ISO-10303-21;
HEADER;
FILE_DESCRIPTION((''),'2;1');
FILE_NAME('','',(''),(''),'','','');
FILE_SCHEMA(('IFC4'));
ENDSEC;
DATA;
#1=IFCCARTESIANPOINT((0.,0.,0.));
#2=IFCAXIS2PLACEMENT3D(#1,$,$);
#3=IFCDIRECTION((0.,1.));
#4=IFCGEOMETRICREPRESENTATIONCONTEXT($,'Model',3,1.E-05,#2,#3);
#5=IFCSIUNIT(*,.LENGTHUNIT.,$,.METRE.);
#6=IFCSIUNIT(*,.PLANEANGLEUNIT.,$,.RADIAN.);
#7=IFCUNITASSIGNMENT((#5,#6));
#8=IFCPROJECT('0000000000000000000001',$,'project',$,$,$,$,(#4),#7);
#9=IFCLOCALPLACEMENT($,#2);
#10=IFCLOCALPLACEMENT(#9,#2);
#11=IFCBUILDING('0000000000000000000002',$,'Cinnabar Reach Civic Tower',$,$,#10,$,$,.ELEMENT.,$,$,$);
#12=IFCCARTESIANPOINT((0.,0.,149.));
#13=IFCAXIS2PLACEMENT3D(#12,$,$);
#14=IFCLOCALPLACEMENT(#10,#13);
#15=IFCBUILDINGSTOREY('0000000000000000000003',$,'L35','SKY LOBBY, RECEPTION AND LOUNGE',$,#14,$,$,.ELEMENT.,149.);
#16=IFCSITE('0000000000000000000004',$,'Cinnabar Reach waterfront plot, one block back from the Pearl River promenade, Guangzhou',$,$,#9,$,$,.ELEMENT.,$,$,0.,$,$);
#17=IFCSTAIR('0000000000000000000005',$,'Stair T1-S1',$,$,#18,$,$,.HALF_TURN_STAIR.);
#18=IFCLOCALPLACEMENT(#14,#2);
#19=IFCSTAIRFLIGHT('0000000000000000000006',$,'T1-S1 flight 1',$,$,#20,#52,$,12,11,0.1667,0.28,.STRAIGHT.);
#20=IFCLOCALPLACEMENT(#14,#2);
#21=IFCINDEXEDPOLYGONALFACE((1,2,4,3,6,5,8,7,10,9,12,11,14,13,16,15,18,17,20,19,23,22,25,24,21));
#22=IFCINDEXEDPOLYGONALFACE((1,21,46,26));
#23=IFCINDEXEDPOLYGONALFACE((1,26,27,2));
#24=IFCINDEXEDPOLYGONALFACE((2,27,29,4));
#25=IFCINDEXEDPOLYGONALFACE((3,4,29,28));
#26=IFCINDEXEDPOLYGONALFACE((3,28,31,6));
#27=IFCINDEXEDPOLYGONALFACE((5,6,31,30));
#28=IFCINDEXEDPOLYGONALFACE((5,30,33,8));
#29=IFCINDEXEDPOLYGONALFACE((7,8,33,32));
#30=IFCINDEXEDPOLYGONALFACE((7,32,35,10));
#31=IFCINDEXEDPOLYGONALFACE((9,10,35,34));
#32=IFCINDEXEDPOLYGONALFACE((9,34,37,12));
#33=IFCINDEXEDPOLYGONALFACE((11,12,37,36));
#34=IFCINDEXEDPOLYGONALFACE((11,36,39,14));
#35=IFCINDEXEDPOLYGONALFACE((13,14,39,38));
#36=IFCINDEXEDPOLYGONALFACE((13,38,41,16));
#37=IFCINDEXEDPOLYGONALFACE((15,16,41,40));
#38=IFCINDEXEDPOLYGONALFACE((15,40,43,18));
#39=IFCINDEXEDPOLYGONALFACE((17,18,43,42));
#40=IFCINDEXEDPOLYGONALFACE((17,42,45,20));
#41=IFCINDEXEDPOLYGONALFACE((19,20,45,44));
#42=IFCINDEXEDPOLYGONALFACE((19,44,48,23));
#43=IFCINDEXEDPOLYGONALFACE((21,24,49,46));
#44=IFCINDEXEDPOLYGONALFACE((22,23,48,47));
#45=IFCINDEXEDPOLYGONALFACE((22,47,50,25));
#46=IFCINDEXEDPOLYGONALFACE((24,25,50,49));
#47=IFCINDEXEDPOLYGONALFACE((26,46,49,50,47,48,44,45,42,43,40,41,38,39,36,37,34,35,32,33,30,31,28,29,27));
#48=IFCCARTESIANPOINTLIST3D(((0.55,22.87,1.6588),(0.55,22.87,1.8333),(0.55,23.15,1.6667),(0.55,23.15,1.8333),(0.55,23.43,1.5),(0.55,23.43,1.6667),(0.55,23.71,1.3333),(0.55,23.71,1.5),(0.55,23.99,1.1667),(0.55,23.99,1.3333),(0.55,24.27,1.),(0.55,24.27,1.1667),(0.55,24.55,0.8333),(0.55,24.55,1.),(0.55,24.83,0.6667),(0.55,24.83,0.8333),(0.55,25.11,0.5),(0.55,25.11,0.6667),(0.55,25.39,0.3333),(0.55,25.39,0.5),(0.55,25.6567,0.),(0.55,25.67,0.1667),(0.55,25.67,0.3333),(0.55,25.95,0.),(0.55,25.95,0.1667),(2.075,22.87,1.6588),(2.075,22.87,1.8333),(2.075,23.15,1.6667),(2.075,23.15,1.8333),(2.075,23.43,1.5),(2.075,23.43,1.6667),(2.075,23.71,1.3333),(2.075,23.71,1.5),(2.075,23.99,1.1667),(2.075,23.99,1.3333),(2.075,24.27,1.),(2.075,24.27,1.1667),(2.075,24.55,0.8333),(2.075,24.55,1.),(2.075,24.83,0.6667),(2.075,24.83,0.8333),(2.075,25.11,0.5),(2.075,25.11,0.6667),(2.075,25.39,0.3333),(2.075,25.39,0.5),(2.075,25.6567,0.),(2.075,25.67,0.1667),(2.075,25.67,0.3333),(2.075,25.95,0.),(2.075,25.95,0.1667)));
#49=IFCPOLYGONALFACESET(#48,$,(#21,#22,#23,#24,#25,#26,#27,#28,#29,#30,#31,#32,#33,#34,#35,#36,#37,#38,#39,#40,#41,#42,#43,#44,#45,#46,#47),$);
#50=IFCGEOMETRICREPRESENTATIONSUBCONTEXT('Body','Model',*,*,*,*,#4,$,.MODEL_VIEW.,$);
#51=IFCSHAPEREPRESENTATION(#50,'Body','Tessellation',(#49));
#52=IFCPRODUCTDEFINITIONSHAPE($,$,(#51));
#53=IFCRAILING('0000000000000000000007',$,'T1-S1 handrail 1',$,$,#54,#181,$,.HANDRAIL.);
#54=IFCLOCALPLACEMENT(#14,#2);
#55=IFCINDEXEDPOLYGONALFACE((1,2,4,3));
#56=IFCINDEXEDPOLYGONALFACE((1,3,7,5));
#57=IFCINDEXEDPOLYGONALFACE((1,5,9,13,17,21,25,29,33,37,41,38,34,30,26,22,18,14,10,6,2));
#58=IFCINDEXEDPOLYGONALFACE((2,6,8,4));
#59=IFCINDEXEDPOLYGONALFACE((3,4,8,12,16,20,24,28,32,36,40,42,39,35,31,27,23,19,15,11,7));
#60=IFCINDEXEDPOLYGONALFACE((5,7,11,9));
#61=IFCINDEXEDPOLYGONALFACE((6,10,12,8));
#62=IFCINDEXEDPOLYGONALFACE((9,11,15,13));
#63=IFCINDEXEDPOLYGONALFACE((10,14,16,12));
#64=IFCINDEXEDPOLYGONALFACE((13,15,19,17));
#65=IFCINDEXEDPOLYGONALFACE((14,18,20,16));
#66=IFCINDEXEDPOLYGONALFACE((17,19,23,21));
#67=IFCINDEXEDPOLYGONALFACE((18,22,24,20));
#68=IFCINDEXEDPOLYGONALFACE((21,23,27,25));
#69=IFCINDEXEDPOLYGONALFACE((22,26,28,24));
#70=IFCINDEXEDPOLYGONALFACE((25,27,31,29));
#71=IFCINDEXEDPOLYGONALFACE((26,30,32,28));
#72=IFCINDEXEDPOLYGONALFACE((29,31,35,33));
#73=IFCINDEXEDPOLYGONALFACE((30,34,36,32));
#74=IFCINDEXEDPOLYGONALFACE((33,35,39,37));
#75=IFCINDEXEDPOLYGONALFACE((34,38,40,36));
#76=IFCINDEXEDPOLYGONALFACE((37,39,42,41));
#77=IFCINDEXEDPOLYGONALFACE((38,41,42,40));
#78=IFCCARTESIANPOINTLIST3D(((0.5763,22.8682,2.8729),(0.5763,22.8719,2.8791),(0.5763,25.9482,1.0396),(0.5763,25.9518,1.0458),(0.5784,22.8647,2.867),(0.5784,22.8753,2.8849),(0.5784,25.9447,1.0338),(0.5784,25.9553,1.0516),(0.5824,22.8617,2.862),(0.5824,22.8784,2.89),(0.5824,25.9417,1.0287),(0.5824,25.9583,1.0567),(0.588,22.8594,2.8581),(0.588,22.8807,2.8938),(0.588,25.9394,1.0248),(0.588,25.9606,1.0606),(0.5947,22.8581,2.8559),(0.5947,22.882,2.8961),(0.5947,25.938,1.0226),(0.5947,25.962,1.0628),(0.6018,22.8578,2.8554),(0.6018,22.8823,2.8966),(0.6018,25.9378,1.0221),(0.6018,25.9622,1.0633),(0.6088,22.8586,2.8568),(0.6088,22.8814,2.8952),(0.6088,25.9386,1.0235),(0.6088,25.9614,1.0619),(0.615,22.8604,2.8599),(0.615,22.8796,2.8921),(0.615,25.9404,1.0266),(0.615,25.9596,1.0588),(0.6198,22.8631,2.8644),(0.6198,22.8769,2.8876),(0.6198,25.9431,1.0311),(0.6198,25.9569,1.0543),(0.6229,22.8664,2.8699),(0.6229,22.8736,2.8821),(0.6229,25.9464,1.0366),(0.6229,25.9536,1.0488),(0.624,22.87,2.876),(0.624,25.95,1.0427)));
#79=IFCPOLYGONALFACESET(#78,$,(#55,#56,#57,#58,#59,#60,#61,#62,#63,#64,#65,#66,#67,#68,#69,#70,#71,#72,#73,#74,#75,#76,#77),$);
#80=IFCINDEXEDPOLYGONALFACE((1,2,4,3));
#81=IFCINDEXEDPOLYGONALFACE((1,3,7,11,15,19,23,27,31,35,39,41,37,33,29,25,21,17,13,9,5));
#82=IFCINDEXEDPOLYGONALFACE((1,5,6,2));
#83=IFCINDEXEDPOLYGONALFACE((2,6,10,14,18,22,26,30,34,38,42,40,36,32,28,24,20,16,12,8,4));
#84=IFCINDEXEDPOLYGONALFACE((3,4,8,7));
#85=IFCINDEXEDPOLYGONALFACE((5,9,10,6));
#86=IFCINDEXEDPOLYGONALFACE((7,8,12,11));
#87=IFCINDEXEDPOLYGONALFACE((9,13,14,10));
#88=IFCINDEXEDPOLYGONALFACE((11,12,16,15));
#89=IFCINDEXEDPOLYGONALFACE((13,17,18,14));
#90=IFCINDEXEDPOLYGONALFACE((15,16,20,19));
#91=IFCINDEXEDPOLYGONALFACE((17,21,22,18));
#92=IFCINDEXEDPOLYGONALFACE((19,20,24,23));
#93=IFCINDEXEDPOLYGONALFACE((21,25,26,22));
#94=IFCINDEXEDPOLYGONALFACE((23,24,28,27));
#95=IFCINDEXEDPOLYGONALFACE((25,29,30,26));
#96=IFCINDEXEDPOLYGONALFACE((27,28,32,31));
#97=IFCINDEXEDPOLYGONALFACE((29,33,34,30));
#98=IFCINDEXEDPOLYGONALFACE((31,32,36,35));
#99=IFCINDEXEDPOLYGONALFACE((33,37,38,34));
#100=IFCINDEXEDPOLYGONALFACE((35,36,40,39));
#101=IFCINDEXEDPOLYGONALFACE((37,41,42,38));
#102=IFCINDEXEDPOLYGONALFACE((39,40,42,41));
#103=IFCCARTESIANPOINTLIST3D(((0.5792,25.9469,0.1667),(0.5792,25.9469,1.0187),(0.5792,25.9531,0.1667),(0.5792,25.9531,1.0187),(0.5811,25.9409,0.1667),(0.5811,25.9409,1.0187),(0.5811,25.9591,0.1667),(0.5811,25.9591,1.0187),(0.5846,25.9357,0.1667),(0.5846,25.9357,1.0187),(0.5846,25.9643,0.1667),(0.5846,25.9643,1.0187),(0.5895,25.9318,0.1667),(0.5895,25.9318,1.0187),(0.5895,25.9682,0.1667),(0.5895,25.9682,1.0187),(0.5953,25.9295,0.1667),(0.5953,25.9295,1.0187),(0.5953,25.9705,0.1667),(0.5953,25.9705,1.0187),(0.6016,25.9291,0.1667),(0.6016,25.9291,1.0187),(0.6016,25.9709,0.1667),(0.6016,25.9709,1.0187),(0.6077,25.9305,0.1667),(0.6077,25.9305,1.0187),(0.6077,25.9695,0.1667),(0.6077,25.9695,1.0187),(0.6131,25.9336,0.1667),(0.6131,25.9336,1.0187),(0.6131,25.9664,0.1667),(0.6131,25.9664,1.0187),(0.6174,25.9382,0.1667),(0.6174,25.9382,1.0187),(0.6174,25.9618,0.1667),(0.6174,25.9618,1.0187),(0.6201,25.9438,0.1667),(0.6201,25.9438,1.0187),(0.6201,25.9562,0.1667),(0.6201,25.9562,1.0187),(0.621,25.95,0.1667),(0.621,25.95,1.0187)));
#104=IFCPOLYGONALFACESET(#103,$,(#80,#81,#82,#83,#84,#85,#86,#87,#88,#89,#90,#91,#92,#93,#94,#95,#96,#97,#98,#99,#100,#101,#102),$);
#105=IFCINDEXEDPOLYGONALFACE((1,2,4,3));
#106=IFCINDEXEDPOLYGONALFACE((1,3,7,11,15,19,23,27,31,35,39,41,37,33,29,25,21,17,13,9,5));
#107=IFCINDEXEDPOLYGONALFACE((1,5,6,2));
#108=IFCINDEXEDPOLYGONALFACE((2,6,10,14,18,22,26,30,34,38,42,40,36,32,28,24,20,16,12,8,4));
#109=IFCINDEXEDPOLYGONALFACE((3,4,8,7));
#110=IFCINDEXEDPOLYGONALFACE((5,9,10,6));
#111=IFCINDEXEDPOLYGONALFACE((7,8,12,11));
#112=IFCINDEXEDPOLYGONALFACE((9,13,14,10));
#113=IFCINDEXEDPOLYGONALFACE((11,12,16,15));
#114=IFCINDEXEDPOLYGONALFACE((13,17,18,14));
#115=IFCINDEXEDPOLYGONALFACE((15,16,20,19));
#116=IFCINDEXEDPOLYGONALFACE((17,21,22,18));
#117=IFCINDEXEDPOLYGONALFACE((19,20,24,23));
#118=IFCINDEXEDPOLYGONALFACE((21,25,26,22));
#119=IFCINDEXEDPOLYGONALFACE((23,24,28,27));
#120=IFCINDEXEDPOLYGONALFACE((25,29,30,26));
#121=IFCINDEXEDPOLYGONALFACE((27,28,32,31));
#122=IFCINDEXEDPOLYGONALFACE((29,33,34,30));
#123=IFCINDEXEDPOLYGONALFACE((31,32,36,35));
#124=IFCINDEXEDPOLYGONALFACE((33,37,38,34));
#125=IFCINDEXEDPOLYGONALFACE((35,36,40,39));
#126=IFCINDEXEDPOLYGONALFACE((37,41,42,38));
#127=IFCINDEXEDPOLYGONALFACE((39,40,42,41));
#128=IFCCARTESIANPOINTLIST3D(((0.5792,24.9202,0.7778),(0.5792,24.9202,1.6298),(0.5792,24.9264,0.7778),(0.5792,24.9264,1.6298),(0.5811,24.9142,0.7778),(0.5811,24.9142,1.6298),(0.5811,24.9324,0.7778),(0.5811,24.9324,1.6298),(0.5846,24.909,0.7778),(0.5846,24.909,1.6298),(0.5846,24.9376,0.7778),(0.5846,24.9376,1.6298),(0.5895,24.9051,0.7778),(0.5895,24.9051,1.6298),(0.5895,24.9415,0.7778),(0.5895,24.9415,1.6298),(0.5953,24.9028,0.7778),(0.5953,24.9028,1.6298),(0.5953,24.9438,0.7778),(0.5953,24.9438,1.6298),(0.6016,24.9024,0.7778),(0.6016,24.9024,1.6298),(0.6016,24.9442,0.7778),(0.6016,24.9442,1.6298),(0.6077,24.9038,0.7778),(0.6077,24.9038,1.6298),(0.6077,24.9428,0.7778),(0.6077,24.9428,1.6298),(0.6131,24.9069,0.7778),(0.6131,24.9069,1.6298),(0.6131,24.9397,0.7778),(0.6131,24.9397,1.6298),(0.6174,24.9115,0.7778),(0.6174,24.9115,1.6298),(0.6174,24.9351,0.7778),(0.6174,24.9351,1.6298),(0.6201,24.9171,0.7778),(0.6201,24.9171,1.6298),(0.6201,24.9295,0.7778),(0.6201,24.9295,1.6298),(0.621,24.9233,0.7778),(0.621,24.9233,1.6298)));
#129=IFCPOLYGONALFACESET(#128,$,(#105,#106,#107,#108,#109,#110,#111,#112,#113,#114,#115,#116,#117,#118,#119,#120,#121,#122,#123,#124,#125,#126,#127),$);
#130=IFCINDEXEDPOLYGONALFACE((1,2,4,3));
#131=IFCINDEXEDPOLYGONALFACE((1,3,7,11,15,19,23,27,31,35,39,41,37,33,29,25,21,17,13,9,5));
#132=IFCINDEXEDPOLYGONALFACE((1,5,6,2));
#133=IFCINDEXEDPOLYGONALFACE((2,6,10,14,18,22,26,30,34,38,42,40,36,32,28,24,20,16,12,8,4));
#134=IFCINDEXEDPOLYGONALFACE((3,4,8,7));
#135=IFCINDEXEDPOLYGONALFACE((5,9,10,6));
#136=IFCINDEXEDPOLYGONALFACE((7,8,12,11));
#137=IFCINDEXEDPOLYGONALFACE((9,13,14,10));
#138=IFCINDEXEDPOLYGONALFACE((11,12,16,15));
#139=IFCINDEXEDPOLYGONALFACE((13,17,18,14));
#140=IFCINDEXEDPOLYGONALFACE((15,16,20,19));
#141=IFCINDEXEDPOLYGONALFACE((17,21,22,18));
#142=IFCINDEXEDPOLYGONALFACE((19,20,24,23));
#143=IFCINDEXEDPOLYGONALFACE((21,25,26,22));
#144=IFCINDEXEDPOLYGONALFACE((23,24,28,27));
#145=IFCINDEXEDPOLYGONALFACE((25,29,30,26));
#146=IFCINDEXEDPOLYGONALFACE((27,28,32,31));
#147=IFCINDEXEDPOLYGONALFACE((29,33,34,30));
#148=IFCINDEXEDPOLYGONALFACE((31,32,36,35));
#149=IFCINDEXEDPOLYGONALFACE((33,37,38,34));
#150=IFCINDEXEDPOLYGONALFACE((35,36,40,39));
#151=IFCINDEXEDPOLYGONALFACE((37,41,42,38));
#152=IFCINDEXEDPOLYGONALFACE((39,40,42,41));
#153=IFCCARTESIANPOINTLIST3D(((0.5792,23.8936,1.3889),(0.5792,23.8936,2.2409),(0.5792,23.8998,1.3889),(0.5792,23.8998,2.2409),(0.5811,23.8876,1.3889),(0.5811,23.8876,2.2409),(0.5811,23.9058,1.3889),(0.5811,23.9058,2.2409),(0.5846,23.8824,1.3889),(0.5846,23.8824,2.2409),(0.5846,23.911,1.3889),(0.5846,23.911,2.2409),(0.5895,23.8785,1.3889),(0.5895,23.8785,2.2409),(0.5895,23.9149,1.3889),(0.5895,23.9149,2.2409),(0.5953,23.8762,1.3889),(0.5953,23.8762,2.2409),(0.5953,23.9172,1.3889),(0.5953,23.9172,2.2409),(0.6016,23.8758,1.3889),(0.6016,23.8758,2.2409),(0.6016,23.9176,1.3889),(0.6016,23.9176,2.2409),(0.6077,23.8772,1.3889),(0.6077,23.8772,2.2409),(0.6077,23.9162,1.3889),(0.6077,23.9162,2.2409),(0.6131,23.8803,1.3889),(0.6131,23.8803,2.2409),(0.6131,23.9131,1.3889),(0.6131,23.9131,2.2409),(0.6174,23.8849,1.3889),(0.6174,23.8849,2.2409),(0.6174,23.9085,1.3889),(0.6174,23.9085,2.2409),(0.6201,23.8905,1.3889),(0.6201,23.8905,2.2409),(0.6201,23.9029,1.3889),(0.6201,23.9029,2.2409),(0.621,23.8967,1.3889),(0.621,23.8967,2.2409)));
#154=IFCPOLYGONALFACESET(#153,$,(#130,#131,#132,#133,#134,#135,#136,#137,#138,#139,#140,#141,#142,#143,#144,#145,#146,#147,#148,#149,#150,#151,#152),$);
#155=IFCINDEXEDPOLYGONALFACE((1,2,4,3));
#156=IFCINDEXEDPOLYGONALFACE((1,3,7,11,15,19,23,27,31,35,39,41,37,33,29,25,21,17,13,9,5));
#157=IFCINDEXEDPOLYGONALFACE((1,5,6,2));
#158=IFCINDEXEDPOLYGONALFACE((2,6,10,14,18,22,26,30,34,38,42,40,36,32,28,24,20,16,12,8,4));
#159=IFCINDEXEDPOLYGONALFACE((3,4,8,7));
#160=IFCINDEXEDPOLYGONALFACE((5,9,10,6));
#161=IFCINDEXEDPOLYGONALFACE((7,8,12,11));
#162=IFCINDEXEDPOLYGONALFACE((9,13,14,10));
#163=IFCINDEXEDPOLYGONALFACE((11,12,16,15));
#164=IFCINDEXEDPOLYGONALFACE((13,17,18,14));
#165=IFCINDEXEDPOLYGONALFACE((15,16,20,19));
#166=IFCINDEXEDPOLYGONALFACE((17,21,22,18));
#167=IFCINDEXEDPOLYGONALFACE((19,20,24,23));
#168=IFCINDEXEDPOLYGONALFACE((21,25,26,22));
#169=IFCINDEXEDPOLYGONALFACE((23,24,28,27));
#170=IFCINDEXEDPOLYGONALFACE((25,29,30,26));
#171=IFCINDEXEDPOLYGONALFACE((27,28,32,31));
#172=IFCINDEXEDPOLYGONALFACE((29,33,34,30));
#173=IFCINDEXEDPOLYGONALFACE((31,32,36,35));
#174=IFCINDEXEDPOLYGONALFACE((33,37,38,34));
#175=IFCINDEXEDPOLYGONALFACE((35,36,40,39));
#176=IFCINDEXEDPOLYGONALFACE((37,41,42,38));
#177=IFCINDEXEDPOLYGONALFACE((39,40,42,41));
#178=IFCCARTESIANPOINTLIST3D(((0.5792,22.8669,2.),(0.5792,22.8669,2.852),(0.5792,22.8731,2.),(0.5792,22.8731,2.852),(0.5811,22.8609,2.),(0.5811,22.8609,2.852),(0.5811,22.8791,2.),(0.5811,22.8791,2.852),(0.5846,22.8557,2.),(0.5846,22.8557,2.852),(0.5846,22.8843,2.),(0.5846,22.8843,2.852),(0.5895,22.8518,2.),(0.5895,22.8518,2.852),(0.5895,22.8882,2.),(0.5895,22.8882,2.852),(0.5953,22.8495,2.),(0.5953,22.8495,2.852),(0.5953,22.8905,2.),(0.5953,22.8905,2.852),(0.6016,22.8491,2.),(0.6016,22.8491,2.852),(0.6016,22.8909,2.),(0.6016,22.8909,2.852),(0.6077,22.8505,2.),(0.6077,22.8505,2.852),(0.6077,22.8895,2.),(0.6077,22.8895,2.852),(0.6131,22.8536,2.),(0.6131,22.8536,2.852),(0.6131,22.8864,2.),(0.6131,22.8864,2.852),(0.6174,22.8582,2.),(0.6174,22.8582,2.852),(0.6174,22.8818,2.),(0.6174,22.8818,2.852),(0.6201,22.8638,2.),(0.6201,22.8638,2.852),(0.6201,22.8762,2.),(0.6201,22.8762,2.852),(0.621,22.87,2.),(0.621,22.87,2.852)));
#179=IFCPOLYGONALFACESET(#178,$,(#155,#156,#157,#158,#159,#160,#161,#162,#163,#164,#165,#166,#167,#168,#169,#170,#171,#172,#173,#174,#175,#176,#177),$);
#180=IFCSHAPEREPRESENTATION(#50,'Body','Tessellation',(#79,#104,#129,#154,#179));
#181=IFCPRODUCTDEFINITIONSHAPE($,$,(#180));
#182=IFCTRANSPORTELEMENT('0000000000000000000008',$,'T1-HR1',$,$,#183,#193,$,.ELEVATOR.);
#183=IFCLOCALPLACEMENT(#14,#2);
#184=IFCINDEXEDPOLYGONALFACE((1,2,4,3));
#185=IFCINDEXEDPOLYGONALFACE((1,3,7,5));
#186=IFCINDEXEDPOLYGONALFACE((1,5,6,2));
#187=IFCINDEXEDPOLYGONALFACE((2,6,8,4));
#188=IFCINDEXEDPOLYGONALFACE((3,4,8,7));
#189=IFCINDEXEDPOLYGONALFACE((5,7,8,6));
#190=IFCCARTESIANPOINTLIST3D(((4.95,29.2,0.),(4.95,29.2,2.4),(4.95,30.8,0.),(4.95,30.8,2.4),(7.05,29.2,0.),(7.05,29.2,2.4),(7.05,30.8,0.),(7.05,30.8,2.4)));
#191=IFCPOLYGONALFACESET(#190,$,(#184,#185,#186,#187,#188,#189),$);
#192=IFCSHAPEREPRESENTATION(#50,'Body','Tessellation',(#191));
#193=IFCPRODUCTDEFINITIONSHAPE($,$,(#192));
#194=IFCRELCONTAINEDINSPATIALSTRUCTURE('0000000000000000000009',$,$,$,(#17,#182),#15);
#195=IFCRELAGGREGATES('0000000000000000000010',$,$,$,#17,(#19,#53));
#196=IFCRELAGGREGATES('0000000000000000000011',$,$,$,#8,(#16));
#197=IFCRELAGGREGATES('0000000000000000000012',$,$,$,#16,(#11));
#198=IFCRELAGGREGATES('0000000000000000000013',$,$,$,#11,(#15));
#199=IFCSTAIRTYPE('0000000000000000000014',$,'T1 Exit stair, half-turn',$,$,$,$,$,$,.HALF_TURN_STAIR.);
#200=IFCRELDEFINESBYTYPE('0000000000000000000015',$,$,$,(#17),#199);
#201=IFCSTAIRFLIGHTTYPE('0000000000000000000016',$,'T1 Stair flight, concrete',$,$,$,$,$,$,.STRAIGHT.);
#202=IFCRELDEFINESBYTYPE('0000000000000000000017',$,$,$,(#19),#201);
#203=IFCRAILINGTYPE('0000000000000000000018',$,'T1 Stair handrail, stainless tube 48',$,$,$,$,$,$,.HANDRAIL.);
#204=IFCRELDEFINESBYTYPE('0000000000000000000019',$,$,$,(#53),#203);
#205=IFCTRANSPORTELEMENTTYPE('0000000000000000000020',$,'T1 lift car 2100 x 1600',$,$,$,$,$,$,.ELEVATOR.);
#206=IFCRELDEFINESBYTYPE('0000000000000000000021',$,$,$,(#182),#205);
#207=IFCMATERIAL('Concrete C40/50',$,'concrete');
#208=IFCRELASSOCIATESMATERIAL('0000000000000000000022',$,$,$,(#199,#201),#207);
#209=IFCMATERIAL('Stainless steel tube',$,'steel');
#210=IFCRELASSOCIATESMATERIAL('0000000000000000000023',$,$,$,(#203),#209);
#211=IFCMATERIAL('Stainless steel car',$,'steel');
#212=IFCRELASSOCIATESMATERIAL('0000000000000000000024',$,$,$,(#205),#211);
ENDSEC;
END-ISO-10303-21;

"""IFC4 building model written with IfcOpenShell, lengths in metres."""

from ifc_helpers import new_model, si_unit, direction, frame, origin, origin_2d, place, context, subcontext, project, spatial, polyline, rectangle, circle, outline, extrude, material, type_object, element, aggregate, save


model = new_model("IFC4")

# Units and contexts
model_context = context("Model", 3, precision=1e-05, world=origin(), true_north=direction((0.0, 1.0)))
body_context = subcontext(model_context, "Body", "Model", "MODEL_VIEW")
ifc_project = project(units=[si_unit("LENGTHUNIT", "METRE"), si_unit("PLANEANGLEUNIT", "RADIAN")], contexts=[model_context])

# Site, building, storey
site_placement = place(None, origin())
site = spatial("IfcSite", under=ifc_project, at=site_placement, Name="Cinnabar Reach waterfront plot, one block back from the Pearl River promenade, Guangzhou", CompositionType="ELEMENT", RefElevation=0.0)
building_placement = place(site_placement, origin())
building = spatial("IfcBuilding", under=site, at=building_placement, Name="Cinnabar Reach Civic Tower", CompositionType="ELEMENT")
storey_placement = place(building_placement, frame((0.0, 0.0, 149.0)))
storey = spatial("IfcBuildingStorey", under=building, at=storey_placement, Name="L35", Description="SKY LOBBY, RECEPTION AND LOUNGE", CompositionType="ELEMENT", Elevation=149.0)

# Stair, stair flight, railing
ifc_material_1 = material(Name="Concrete C40/50", Category="concrete")
stair_type = type_object("IfcStairType", Name="T1 Exit stair, half-turn", PredefinedType="HALF_TURN_STAIR", material=ifc_material_1)
stair_placement = place(storey_placement, origin())
stair = element("IfcStair", 1, at=stair_placement, inside=storey, type_object=stair_type, Name="Stair T1-S1", PredefinedType="HALF_TURN_STAIR")
stair_flight_type = type_object("IfcStairFlightType", Name="T1 Stair flight, concrete", PredefinedType="STRAIGHT", material=ifc_material_1)
stair_flight_placement = place(storey_placement, frame((1.3125, 25.95, 0.0), z_axis=(0.0, 0.0, 1.0), x_axis=(0.0, -1.0, 0.0)))
stair_flight = element("IfcStairFlight", 2, at=stair_flight_placement, type_object=stair_flight_type, Name="T1-S1 flight 1", NumberOfRisers=12, NumberOfTreads=11, PredefinedType="STRAIGHT", RiserHeight=0.1667, TreadLength=0.28, context=body_context, shape_type="SweptSolid", body=[
    extrude(outline(polyline([(0.0, 0.0), (0.0, 0.1667), (0.28, 0.1667), (0.28, 0.3333), (0.56, 0.3333), (0.56, 0.5), (0.84, 0.5), (0.84, 0.6667), (1.12, 0.6667), (1.12, 0.8333), (1.4, 0.8333), (1.4, 1.0), (1.68, 1.0), (1.68, 1.1667), (1.96, 1.1667), (1.96, 1.3333), (2.24, 1.3333), (2.24, 1.5), (2.52, 1.5), (2.52, 1.6667), (2.8, 1.6667), (2.8, 1.8333), (3.08, 1.8333), (3.08, 2.0), (3.08, 1.6588), (0.2933, 0.0), (0.0, 0.0)])), frame((0.0, 0.7625, 0.0), z_axis=(0.0, -1.0, 0.0), x_axis=(1.0, 0.0, 0.0)), (0.0, 0.0, 1.0), 1.525),
])
ifc_material_2 = material(Name="Stainless steel tube", Category="steel")
railing_type = type_object("IfcRailingType", Name="T1 Stair handrail, stainless tube 48", PredefinedType="HANDRAIL", material=ifc_material_2)
railing_placement = place(storey_placement, frame((0.6, 25.95, 0.1667)))
railing = element("IfcRailing", 3, at=railing_placement, type_object=railing_type, Name="T1-S1 handrail 1", PredefinedType="HANDRAIL", context=body_context, shape_type="SweptSolid", body=[
    extrude(circle(Radius=0.024, at=origin_2d()), frame((0.0, 0.0, 0.876), z_axis=(0.0, -0.859297, 0.511477), x_axis=(1.0, 0.0, 0.0)), (0.0, 0.0, 1.0), 3.5843),
    extrude(circle(Radius=0.021, at=origin_2d()), origin(), (0.0, 0.0, 1.0), 0.852),
    extrude(circle(Radius=0.021, at=origin_2d()), frame((0.0, -1.0267, 0.6111)), (0.0, 0.0, 1.0), 0.852),
    extrude(circle(Radius=0.021, at=origin_2d()), frame((0.0, -2.0533, 1.2222)), (0.0, 0.0, 1.0), 0.852),
    extrude(circle(Radius=0.021, at=origin_2d()), frame((0.0, -3.08, 1.8333)), (0.0, 0.0, 1.0), 0.852),
])
aggregate(stair, [stair_flight, railing])

# Transport element
ifc_material_3 = material(Name="Stainless steel car", Category="steel")
transport_element_type = type_object("IfcTransportElementType", Name="T1 lift car 2100 x 1600", PredefinedType="ELEVATOR", material=ifc_material_3)
transport_element_placement = place(storey_placement, frame((6.0, 30.0, 0.0), z_axis=(0.0, 0.0, 1.0), x_axis=(1.0, 0.0, 0.0)))
element("IfcTransportElement", 4, at=transport_element_placement, inside=storey, type_object=transport_element_type, Name="T1-HR1", PredefinedType="ELEVATOR", context=body_context, shape_type="SweptSolid", body=[
    extrude(rectangle(XDim=2.1, YDim=1.6, at=origin_2d()), origin(), (0.0, 0.0, 1.0), 2.4),
])

save(model, "model.ifc")
